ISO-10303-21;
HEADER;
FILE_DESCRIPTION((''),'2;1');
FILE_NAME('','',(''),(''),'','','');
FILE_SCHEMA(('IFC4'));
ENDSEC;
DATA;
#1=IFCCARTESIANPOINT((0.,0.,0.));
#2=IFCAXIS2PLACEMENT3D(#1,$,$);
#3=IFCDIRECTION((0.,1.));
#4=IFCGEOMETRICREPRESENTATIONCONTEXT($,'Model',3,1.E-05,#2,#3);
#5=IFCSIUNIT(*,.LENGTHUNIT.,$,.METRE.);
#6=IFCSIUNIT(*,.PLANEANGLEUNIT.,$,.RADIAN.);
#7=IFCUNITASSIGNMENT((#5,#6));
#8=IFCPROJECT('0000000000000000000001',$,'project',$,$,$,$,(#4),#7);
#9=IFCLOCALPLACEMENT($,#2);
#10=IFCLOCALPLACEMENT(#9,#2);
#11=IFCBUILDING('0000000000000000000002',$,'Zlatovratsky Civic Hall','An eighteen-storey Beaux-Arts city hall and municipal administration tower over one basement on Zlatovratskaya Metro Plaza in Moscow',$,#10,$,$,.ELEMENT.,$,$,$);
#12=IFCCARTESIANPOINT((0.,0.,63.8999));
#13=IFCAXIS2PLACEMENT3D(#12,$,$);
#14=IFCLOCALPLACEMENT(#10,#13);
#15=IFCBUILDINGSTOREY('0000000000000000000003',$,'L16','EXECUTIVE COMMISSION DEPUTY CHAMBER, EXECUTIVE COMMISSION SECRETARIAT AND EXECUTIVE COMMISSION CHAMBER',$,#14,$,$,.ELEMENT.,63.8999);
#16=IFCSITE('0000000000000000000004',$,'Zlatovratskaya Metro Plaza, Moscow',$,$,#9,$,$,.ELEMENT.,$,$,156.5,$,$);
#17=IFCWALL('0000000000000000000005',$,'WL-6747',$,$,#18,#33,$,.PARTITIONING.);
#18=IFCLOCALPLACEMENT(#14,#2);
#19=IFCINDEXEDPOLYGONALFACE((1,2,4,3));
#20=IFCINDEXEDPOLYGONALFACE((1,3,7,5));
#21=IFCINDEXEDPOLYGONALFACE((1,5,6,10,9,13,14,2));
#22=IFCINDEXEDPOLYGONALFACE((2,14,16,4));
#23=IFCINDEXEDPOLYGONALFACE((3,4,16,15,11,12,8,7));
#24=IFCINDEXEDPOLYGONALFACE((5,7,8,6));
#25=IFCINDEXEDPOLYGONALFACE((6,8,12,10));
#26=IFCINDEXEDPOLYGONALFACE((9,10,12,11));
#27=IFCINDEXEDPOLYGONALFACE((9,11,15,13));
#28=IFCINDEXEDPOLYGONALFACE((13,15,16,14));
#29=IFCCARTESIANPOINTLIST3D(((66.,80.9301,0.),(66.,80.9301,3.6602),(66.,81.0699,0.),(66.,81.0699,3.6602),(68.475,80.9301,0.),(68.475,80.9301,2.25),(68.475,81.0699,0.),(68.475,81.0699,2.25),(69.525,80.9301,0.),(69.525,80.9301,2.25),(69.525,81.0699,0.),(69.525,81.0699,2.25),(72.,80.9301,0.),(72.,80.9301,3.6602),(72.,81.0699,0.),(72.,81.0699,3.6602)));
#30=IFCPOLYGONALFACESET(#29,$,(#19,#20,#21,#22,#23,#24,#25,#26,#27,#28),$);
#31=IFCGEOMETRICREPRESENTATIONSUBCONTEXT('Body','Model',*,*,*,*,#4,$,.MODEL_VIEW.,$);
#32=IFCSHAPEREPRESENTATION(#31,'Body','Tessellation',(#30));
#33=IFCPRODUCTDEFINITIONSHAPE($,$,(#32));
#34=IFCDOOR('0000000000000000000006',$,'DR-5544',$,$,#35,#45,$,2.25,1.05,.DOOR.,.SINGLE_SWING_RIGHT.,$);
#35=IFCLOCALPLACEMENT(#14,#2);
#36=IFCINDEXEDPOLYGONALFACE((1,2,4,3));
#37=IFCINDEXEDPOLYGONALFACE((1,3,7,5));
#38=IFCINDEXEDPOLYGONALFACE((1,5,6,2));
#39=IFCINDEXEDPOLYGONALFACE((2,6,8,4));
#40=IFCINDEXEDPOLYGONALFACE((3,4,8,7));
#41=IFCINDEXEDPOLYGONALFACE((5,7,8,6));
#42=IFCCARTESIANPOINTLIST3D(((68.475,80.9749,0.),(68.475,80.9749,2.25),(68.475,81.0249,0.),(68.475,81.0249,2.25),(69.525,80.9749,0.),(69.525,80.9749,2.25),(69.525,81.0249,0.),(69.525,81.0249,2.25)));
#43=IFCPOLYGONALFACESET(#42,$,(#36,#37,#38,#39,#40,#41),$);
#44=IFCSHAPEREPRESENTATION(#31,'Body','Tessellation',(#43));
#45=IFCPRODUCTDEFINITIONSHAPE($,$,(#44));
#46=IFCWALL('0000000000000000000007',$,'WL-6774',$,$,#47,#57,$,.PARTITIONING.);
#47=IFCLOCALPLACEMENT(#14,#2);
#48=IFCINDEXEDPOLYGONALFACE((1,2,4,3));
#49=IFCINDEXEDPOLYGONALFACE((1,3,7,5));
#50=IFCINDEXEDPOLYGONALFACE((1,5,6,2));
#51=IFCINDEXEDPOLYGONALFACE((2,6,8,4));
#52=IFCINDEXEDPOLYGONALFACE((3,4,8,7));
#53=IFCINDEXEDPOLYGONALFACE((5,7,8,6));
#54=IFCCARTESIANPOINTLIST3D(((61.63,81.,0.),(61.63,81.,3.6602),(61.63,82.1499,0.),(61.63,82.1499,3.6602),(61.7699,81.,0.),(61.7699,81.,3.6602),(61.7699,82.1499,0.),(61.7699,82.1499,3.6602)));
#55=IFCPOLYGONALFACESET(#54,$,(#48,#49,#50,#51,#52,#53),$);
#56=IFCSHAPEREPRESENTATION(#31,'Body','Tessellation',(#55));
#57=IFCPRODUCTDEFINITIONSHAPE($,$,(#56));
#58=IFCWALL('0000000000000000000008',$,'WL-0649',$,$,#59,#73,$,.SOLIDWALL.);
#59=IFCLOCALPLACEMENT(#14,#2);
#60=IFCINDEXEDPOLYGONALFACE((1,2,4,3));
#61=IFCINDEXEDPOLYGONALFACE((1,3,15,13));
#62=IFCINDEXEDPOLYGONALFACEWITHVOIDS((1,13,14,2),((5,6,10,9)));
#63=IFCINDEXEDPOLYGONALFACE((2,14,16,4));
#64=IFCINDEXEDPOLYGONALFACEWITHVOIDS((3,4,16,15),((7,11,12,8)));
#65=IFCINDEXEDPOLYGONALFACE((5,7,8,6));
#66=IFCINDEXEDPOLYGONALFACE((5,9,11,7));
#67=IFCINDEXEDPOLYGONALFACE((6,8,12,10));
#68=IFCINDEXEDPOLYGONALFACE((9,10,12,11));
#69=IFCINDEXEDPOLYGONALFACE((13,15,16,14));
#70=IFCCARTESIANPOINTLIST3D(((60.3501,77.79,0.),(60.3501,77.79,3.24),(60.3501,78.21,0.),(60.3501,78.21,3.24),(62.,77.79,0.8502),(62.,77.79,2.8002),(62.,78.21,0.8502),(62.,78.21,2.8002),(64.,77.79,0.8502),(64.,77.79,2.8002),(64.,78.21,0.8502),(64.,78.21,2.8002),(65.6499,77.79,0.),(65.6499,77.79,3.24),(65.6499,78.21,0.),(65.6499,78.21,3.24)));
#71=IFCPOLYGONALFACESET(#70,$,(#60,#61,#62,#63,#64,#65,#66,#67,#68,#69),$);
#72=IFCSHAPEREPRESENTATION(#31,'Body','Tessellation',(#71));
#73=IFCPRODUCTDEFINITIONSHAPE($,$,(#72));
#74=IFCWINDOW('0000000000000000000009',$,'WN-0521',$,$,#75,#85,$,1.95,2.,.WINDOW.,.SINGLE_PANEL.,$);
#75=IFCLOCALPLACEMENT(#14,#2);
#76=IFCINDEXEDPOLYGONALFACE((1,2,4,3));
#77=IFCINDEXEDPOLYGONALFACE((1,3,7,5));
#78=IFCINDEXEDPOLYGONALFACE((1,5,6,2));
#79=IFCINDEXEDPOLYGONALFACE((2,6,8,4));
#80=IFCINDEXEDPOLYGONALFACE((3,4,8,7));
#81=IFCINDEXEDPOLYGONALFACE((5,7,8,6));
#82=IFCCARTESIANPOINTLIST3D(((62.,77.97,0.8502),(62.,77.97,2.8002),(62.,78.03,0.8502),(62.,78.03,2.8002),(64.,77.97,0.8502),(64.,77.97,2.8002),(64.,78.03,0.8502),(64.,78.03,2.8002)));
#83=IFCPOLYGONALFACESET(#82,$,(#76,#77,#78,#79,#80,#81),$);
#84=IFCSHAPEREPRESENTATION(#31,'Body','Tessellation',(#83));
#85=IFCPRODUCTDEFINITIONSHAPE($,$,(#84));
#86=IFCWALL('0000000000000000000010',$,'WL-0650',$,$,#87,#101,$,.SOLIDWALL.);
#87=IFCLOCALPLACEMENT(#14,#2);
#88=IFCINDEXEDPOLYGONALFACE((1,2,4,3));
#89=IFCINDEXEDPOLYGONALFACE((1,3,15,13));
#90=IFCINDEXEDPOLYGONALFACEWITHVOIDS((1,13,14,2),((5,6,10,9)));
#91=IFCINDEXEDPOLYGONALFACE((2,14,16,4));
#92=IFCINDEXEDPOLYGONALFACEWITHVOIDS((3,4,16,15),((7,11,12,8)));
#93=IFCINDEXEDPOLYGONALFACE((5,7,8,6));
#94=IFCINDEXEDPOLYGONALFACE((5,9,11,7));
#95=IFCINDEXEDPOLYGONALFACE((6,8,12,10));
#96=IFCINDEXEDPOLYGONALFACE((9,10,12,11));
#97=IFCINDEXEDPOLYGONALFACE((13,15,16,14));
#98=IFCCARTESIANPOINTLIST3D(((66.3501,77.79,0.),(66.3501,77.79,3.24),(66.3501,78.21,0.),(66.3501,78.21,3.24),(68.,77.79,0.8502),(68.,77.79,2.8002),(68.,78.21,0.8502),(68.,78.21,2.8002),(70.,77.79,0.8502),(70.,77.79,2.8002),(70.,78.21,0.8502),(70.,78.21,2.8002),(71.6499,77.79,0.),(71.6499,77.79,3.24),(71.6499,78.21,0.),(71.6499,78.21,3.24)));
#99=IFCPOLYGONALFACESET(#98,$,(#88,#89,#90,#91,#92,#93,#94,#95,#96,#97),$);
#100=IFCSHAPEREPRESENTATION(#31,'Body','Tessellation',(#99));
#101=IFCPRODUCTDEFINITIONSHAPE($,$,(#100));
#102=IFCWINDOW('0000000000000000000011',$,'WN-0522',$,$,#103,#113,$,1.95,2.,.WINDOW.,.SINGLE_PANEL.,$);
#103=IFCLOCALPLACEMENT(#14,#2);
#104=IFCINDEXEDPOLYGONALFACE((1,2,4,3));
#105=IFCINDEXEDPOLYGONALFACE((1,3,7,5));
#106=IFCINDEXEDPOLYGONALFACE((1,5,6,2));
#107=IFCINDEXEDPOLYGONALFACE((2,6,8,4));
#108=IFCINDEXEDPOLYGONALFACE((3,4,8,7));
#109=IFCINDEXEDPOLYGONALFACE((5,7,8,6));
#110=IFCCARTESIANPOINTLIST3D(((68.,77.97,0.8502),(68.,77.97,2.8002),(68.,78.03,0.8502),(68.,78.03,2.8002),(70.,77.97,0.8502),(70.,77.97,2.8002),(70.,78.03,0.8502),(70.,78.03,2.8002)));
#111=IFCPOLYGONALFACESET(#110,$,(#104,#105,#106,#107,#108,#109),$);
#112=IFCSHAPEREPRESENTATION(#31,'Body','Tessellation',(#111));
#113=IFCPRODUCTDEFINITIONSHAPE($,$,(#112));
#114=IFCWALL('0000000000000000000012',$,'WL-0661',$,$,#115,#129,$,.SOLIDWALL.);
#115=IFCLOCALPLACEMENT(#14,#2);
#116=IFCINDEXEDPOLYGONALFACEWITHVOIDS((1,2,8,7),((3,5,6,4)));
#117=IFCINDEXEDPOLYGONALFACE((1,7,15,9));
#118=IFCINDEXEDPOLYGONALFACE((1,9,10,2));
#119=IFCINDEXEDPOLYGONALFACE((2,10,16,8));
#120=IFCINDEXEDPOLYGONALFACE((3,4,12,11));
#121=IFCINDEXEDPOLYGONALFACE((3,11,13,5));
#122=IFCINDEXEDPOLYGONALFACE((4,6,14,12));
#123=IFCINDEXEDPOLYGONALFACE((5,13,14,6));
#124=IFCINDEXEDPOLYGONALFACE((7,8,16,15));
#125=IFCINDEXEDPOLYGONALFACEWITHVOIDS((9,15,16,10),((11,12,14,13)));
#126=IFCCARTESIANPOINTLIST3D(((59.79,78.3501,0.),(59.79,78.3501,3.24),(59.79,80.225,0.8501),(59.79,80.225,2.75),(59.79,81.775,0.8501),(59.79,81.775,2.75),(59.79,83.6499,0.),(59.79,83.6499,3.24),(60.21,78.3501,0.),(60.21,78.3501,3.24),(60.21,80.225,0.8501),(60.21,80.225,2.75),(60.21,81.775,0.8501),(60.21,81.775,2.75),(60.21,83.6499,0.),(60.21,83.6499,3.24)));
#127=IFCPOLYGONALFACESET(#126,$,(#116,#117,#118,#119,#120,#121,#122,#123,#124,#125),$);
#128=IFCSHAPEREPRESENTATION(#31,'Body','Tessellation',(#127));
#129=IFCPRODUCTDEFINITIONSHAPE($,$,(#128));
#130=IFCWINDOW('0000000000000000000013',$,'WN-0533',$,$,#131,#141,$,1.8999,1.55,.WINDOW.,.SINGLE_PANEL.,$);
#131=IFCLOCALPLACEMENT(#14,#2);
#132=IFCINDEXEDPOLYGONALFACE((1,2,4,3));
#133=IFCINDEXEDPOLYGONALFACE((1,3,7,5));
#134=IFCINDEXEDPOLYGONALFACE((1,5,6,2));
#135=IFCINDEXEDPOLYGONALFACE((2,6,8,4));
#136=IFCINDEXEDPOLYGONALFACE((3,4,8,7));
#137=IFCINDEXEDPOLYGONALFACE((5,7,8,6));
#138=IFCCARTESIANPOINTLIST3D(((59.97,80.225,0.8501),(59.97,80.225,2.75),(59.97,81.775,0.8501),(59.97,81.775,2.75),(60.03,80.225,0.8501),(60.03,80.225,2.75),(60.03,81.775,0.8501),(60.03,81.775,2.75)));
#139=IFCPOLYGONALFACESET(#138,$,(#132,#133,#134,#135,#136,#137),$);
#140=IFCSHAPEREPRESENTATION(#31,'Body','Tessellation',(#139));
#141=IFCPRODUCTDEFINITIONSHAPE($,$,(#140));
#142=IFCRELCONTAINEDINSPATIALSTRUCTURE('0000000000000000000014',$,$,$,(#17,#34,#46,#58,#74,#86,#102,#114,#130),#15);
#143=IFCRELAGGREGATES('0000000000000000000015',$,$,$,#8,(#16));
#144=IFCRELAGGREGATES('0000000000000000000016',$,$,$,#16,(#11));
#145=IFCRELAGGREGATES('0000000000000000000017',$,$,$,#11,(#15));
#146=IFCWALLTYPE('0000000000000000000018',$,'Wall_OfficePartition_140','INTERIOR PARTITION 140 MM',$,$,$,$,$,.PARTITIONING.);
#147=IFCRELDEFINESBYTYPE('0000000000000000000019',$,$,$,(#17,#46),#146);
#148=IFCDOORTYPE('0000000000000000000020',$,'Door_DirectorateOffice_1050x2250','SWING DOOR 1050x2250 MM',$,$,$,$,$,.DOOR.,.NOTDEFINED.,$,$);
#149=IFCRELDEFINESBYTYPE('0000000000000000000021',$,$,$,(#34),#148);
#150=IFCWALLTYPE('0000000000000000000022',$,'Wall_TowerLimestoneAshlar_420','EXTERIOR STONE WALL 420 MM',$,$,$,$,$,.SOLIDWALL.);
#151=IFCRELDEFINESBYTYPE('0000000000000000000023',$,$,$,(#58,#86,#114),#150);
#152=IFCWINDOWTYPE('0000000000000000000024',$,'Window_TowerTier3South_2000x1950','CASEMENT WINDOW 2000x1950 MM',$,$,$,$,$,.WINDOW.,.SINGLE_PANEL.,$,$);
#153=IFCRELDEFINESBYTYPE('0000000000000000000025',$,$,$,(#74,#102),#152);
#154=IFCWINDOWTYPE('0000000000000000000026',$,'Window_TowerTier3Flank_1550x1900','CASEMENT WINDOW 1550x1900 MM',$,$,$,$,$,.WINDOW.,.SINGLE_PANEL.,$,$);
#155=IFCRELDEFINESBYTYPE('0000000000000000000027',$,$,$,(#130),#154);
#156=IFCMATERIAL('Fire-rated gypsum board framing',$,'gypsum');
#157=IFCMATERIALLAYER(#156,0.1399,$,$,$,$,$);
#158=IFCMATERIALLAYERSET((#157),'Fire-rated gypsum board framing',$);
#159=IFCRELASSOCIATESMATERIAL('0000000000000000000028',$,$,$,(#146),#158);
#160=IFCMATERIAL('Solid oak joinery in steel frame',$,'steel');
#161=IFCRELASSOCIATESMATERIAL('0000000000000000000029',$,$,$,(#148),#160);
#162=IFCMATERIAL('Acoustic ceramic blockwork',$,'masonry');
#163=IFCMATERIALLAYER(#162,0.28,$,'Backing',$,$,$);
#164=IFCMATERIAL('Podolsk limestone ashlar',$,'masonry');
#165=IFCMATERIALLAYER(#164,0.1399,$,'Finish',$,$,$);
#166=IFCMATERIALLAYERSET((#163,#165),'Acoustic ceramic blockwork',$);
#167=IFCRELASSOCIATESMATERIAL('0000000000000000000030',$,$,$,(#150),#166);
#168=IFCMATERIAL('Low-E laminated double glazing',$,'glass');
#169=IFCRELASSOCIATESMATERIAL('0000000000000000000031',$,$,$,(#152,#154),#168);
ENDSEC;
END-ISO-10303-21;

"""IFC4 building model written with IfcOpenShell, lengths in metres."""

from ifc_helpers import new_model, si_unit, direction, frame, frame_2d, origin, place, context, subcontext, project, spatial, rectangle, extrude, material, layer, layer_set, type_object, element, fill, save


model = new_model("IFC4")

# Units and contexts
model_context = context("Model", 3, precision=1e-05, world=origin(), true_north=direction((0.0, 1.0)))
body_context = subcontext(model_context, "Body", "Model", "MODEL_VIEW")
ifc_project = project(units=[si_unit("LENGTHUNIT", "METRE"), si_unit("PLANEANGLEUNIT", "RADIAN")], contexts=[model_context])

# Site, building, storey
site_placement = place(None, origin())
site = spatial("IfcSite", under=ifc_project, at=site_placement, Name="Zlatovratskaya Metro Plaza, Moscow", CompositionType="ELEMENT", RefElevation=156.5)
building_placement = place(site_placement, origin())
building = spatial("IfcBuilding", under=site, at=building_placement, Name="Zlatovratsky Civic Hall", Description="An eighteen-storey Beaux-Arts city hall and municipal administration tower over one basement on Zlatovratskaya Metro Plaza in Moscow", CompositionType="ELEMENT")
storey_placement = place(building_placement, frame((0.0, 0.0, 63.8999)))
storey = spatial("IfcBuildingStorey", under=building, at=storey_placement, Name="L16", Description="EXECUTIVE COMMISSION DEPUTY CHAMBER, EXECUTIVE COMMISSION SECRETARIAT AND EXECUTIVE COMMISSION CHAMBER", CompositionType="ELEMENT", Elevation=63.8999)

# Shared definitions
ifc_material_1 = material(Name="Acoustic ceramic blockwork", Category="masonry")

# Wall, opening, door
ifc_material_2 = material(Name="Fire-rated gypsum board framing", Category="gypsum")
ifc_layer_1 = layer(ifc_material_2, 0.1399)
ifc_layer_set_1 = layer_set([ifc_layer_1], Name="Fire-rated gypsum board framing")
wall_type_1 = type_object("IfcWallType", Name="Wall_OfficePartition_140", Description="INTERIOR PARTITION 140 MM", PredefinedType="PARTITIONING", material=ifc_layer_set_1)
wall_1_placement = place(storey_placement, frame((66.0, 81.0, 0.0), z_axis=(0.0, 0.0, 1.0), x_axis=(1.0, 0.0, 0.0)))
wall_1 = element("IfcWall", 1, at=wall_1_placement, inside=storey, type_object=wall_type_1, Name="WL-6747", PredefinedType="PARTITIONING", context=body_context, shape_type="SweptSolid", body=[
    extrude(rectangle(XDim=6.0, YDim=0.1399, at=frame_2d((3.0, 0.0))), origin(), (0.0, 0.0, 1.0), 3.6602),
])
opening_1_placement = place(wall_1_placement, frame((2.4751, 0.0, 0.0)))
opening_1 = element("IfcOpeningElement", 2, at=opening_1_placement, cuts=wall_1, PredefinedType="OPENING", context=body_context, shape_type="SweptSolid", body=[
    extrude(rectangle(XDim=1.05, YDim=2.25, at=frame_2d((0.5249, 1.125))), frame((0.0, 0.085, 0.0), z_axis=(0.0, -1.0, 0.0), x_axis=(1.0, 0.0, 0.0)), (0.0, 0.0, 1.0), 0.1697),
])
ifc_material_3 = material(Name="Solid oak joinery in steel frame", Category="steel")
door_type = type_object("IfcDoorType", Name="Door_DirectorateOffice_1050x2250", Description="SWING DOOR 1050x2250 MM", OperationType="NOTDEFINED", PredefinedType="DOOR", material=ifc_material_3)
door_placement = place(opening_1_placement, origin())
door = element("IfcDoor", 3, at=door_placement, inside=storey, type_object=door_type, Name="DR-5544", OperationType="SINGLE_SWING_RIGHT", OverallHeight=2.25, OverallWidth=1.05, PredefinedType="DOOR", context=body_context, shape_type="SweptSolid", body=[
    extrude(rectangle(XDim=1.05, YDim=2.25, at=frame_2d((0.5249, 1.125))), frame((0.0, 0.0249, 0.0), z_axis=(0.0, -1.0, 0.0), x_axis=(1.0, 0.0, 0.0)), (0.0, 0.0, 1.0), 0.05),
])
fill(opening_1, door)

# Wall
wall_2_placement = place(storey_placement, frame((61.7, 81.0, 0.0), z_axis=(0.0, 0.0, 1.0), x_axis=(0.0, 1.0, 0.0)))
element("IfcWall", 4, at=wall_2_placement, inside=storey, type_object=wall_type_1, Name="WL-6774", PredefinedType="PARTITIONING", context=body_context, shape_type="SweptSolid", body=[
    extrude(rectangle(XDim=1.1499, YDim=0.1399, at=frame_2d((0.575, 0.0))), origin(), (0.0, 0.0, 1.0), 3.6602),
])

# Walls, openings, windows
ifc_layer_2 = layer(ifc_material_1, 0.28, Name="Backing")
ifc_material_4 = material(Name="Podolsk limestone ashlar", Category="masonry")
ifc_layer_3 = layer(ifc_material_4, 0.1399, Name="Finish")
ifc_layer_set_2 = layer_set([ifc_layer_2, ifc_layer_3], Name="Acoustic ceramic blockwork")
wall_type_2 = type_object("IfcWallType", Name="Wall_TowerLimestoneAshlar_420", Description="EXTERIOR STONE WALL 420 MM", PredefinedType="SOLIDWALL", material=ifc_layer_set_2)
wall_3_placement = place(storey_placement, frame((60.3501, 78.0, 0.0), z_axis=(0.0, 0.0, 1.0), x_axis=(1.0, 0.0, 0.0)))
wall_3 = element("IfcWall", 5, at=wall_3_placement, inside=storey, type_object=wall_type_2, Name="WL-0649", PredefinedType="SOLIDWALL", context=body_context, shape_type="SweptSolid", body=[
    extrude(rectangle(XDim=5.2998, YDim=0.4199, at=frame_2d((2.6499, 0.0))), origin(), (0.0, 0.0, 1.0), 3.24),
])
opening_2_placement = place(wall_3_placement, frame((1.6499, 0.0, 0.8501)))
opening_2 = element("IfcOpeningElement", 6, at=opening_2_placement, cuts=wall_3, PredefinedType="OPENING", context=body_context, shape_type="SweptSolid", body=[
    extrude(rectangle(XDim=2.0, YDim=1.95, at=frame_2d((1.0, 0.9751))), frame((0.0, 0.2249, 0.0), z_axis=(0.0, -1.0, 0.0), x_axis=(1.0, 0.0, 0.0)), (0.0, 0.0, 1.0), 0.4497),
])
ifc_material_5 = material(Name="Low-E laminated double glazing", Category="glass")
window_type_1 = type_object("IfcWindowType", Name="Window_TowerTier3South_2000x1950", Description="CASEMENT WINDOW 2000x1950 MM", PartitioningType="SINGLE_PANEL", PredefinedType="WINDOW", material=ifc_material_5)
window_1_placement = place(opening_2_placement, origin())
window_1 = element("IfcWindow", 7, at=window_1_placement, inside=storey, type_object=window_type_1, Name="WN-0521", OverallHeight=1.95, OverallWidth=2.0, PartitioningType="SINGLE_PANEL", PredefinedType="WINDOW", context=body_context, shape_type="SweptSolid", body=[
    extrude(rectangle(XDim=2.0, YDim=1.95, at=frame_2d((1.0, 0.9751))), frame((0.0, 0.03, 0.0), z_axis=(0.0, -1.0, 0.0), x_axis=(1.0, 0.0, 0.0)), (0.0, 0.0, 1.0), 0.0601),
])
fill(opening_2, window_1)
wall_4_placement = place(storey_placement, frame((66.3501, 78.0, 0.0), z_axis=(0.0, 0.0, 1.0), x_axis=(1.0, 0.0, 0.0)))
wall_4 = element("IfcWall", 8, at=wall_4_placement, inside=storey, type_object=wall_type_2, Name="WL-0650", PredefinedType="SOLIDWALL", context=body_context, shape_type="SweptSolid", body=[
    extrude(rectangle(XDim=5.2998, YDim=0.4199, at=frame_2d((2.6499, 0.0))), origin(), (0.0, 0.0, 1.0), 3.24),
])
opening_3_placement = place(wall_4_placement, frame((1.6499, 0.0, 0.8501)))
opening_3 = element("IfcOpeningElement", 9, at=opening_3_placement, cuts=wall_4, PredefinedType="OPENING", context=body_context, shape_type="SweptSolid", body=[
    extrude(rectangle(XDim=2.0, YDim=1.95, at=frame_2d((1.0, 0.9751))), frame((0.0, 0.2249, 0.0), z_axis=(0.0, -1.0, 0.0), x_axis=(1.0, 0.0, 0.0)), (0.0, 0.0, 1.0), 0.4497),
])
window_2_placement = place(opening_3_placement, origin())
window_2 = element("IfcWindow", 10, at=window_2_placement, inside=storey, type_object=window_type_1, Name="WN-0522", OverallHeight=1.95, OverallWidth=2.0, PartitioningType="SINGLE_PANEL", PredefinedType="WINDOW", context=body_context, shape_type="SweptSolid", body=[
    extrude(rectangle(XDim=2.0, YDim=1.95, at=frame_2d((1.0, 0.9751))), frame((0.0, 0.03, 0.0), z_axis=(0.0, -1.0, 0.0), x_axis=(1.0, 0.0, 0.0)), (0.0, 0.0, 1.0), 0.0601),
])
fill(opening_3, window_2)
wall_5_placement = place(storey_placement, frame((60.0, 78.3501, 0.0), z_axis=(0.0, 0.0, 1.0), x_axis=(0.0, 1.0, 0.0)))
wall_5 = element("IfcWall", 11, at=wall_5_placement, inside=storey, type_object=wall_type_2, Name="WL-0661", PredefinedType="SOLIDWALL", context=body_context, shape_type="SweptSolid", body=[
    extrude(rectangle(XDim=5.2998, YDim=0.4199, at=frame_2d((2.6499, 0.0))), origin(), (0.0, 0.0, 1.0), 3.24),
])
opening_4_placement = place(wall_5_placement, frame((1.875, 0.0, 0.8501)))
opening_4 = element("IfcOpeningElement", 12, at=opening_4_placement, cuts=wall_5, PredefinedType="OPENING", context=body_context, shape_type="SweptSolid", body=[
    extrude(rectangle(XDim=1.55, YDim=1.8999, at=frame_2d((0.7749, 0.95))), frame((0.0, 0.2249, 0.0), z_axis=(0.0, -1.0, 0.0), x_axis=(1.0, 0.0, 0.0)), (0.0, 0.0, 1.0), 0.4497),
])
window_type_2 = type_object("IfcWindowType", Name="Window_TowerTier3Flank_1550x1900", Description="CASEMENT WINDOW 1550x1900 MM", PartitioningType="SINGLE_PANEL", PredefinedType="WINDOW", material=ifc_material_5)
window_3_placement = place(opening_4_placement, origin())
window_3 = element("IfcWindow", 13, at=window_3_placement, inside=storey, type_object=window_type_2, Name="WN-0533", OverallHeight=1.8999, OverallWidth=1.55, PartitioningType="SINGLE_PANEL", PredefinedType="WINDOW", context=body_context, shape_type="SweptSolid", body=[
    extrude(rectangle(XDim=1.55, YDim=1.8999, at=frame_2d((0.7749, 0.95))), frame((0.0, 0.03, 0.0), z_axis=(0.0, -1.0, 0.0), x_axis=(1.0, 0.0, 0.0)), (0.0, 0.0, 1.0), 0.0601),
])
fill(opening_4, window_3)

save(model, "model.ifc")
